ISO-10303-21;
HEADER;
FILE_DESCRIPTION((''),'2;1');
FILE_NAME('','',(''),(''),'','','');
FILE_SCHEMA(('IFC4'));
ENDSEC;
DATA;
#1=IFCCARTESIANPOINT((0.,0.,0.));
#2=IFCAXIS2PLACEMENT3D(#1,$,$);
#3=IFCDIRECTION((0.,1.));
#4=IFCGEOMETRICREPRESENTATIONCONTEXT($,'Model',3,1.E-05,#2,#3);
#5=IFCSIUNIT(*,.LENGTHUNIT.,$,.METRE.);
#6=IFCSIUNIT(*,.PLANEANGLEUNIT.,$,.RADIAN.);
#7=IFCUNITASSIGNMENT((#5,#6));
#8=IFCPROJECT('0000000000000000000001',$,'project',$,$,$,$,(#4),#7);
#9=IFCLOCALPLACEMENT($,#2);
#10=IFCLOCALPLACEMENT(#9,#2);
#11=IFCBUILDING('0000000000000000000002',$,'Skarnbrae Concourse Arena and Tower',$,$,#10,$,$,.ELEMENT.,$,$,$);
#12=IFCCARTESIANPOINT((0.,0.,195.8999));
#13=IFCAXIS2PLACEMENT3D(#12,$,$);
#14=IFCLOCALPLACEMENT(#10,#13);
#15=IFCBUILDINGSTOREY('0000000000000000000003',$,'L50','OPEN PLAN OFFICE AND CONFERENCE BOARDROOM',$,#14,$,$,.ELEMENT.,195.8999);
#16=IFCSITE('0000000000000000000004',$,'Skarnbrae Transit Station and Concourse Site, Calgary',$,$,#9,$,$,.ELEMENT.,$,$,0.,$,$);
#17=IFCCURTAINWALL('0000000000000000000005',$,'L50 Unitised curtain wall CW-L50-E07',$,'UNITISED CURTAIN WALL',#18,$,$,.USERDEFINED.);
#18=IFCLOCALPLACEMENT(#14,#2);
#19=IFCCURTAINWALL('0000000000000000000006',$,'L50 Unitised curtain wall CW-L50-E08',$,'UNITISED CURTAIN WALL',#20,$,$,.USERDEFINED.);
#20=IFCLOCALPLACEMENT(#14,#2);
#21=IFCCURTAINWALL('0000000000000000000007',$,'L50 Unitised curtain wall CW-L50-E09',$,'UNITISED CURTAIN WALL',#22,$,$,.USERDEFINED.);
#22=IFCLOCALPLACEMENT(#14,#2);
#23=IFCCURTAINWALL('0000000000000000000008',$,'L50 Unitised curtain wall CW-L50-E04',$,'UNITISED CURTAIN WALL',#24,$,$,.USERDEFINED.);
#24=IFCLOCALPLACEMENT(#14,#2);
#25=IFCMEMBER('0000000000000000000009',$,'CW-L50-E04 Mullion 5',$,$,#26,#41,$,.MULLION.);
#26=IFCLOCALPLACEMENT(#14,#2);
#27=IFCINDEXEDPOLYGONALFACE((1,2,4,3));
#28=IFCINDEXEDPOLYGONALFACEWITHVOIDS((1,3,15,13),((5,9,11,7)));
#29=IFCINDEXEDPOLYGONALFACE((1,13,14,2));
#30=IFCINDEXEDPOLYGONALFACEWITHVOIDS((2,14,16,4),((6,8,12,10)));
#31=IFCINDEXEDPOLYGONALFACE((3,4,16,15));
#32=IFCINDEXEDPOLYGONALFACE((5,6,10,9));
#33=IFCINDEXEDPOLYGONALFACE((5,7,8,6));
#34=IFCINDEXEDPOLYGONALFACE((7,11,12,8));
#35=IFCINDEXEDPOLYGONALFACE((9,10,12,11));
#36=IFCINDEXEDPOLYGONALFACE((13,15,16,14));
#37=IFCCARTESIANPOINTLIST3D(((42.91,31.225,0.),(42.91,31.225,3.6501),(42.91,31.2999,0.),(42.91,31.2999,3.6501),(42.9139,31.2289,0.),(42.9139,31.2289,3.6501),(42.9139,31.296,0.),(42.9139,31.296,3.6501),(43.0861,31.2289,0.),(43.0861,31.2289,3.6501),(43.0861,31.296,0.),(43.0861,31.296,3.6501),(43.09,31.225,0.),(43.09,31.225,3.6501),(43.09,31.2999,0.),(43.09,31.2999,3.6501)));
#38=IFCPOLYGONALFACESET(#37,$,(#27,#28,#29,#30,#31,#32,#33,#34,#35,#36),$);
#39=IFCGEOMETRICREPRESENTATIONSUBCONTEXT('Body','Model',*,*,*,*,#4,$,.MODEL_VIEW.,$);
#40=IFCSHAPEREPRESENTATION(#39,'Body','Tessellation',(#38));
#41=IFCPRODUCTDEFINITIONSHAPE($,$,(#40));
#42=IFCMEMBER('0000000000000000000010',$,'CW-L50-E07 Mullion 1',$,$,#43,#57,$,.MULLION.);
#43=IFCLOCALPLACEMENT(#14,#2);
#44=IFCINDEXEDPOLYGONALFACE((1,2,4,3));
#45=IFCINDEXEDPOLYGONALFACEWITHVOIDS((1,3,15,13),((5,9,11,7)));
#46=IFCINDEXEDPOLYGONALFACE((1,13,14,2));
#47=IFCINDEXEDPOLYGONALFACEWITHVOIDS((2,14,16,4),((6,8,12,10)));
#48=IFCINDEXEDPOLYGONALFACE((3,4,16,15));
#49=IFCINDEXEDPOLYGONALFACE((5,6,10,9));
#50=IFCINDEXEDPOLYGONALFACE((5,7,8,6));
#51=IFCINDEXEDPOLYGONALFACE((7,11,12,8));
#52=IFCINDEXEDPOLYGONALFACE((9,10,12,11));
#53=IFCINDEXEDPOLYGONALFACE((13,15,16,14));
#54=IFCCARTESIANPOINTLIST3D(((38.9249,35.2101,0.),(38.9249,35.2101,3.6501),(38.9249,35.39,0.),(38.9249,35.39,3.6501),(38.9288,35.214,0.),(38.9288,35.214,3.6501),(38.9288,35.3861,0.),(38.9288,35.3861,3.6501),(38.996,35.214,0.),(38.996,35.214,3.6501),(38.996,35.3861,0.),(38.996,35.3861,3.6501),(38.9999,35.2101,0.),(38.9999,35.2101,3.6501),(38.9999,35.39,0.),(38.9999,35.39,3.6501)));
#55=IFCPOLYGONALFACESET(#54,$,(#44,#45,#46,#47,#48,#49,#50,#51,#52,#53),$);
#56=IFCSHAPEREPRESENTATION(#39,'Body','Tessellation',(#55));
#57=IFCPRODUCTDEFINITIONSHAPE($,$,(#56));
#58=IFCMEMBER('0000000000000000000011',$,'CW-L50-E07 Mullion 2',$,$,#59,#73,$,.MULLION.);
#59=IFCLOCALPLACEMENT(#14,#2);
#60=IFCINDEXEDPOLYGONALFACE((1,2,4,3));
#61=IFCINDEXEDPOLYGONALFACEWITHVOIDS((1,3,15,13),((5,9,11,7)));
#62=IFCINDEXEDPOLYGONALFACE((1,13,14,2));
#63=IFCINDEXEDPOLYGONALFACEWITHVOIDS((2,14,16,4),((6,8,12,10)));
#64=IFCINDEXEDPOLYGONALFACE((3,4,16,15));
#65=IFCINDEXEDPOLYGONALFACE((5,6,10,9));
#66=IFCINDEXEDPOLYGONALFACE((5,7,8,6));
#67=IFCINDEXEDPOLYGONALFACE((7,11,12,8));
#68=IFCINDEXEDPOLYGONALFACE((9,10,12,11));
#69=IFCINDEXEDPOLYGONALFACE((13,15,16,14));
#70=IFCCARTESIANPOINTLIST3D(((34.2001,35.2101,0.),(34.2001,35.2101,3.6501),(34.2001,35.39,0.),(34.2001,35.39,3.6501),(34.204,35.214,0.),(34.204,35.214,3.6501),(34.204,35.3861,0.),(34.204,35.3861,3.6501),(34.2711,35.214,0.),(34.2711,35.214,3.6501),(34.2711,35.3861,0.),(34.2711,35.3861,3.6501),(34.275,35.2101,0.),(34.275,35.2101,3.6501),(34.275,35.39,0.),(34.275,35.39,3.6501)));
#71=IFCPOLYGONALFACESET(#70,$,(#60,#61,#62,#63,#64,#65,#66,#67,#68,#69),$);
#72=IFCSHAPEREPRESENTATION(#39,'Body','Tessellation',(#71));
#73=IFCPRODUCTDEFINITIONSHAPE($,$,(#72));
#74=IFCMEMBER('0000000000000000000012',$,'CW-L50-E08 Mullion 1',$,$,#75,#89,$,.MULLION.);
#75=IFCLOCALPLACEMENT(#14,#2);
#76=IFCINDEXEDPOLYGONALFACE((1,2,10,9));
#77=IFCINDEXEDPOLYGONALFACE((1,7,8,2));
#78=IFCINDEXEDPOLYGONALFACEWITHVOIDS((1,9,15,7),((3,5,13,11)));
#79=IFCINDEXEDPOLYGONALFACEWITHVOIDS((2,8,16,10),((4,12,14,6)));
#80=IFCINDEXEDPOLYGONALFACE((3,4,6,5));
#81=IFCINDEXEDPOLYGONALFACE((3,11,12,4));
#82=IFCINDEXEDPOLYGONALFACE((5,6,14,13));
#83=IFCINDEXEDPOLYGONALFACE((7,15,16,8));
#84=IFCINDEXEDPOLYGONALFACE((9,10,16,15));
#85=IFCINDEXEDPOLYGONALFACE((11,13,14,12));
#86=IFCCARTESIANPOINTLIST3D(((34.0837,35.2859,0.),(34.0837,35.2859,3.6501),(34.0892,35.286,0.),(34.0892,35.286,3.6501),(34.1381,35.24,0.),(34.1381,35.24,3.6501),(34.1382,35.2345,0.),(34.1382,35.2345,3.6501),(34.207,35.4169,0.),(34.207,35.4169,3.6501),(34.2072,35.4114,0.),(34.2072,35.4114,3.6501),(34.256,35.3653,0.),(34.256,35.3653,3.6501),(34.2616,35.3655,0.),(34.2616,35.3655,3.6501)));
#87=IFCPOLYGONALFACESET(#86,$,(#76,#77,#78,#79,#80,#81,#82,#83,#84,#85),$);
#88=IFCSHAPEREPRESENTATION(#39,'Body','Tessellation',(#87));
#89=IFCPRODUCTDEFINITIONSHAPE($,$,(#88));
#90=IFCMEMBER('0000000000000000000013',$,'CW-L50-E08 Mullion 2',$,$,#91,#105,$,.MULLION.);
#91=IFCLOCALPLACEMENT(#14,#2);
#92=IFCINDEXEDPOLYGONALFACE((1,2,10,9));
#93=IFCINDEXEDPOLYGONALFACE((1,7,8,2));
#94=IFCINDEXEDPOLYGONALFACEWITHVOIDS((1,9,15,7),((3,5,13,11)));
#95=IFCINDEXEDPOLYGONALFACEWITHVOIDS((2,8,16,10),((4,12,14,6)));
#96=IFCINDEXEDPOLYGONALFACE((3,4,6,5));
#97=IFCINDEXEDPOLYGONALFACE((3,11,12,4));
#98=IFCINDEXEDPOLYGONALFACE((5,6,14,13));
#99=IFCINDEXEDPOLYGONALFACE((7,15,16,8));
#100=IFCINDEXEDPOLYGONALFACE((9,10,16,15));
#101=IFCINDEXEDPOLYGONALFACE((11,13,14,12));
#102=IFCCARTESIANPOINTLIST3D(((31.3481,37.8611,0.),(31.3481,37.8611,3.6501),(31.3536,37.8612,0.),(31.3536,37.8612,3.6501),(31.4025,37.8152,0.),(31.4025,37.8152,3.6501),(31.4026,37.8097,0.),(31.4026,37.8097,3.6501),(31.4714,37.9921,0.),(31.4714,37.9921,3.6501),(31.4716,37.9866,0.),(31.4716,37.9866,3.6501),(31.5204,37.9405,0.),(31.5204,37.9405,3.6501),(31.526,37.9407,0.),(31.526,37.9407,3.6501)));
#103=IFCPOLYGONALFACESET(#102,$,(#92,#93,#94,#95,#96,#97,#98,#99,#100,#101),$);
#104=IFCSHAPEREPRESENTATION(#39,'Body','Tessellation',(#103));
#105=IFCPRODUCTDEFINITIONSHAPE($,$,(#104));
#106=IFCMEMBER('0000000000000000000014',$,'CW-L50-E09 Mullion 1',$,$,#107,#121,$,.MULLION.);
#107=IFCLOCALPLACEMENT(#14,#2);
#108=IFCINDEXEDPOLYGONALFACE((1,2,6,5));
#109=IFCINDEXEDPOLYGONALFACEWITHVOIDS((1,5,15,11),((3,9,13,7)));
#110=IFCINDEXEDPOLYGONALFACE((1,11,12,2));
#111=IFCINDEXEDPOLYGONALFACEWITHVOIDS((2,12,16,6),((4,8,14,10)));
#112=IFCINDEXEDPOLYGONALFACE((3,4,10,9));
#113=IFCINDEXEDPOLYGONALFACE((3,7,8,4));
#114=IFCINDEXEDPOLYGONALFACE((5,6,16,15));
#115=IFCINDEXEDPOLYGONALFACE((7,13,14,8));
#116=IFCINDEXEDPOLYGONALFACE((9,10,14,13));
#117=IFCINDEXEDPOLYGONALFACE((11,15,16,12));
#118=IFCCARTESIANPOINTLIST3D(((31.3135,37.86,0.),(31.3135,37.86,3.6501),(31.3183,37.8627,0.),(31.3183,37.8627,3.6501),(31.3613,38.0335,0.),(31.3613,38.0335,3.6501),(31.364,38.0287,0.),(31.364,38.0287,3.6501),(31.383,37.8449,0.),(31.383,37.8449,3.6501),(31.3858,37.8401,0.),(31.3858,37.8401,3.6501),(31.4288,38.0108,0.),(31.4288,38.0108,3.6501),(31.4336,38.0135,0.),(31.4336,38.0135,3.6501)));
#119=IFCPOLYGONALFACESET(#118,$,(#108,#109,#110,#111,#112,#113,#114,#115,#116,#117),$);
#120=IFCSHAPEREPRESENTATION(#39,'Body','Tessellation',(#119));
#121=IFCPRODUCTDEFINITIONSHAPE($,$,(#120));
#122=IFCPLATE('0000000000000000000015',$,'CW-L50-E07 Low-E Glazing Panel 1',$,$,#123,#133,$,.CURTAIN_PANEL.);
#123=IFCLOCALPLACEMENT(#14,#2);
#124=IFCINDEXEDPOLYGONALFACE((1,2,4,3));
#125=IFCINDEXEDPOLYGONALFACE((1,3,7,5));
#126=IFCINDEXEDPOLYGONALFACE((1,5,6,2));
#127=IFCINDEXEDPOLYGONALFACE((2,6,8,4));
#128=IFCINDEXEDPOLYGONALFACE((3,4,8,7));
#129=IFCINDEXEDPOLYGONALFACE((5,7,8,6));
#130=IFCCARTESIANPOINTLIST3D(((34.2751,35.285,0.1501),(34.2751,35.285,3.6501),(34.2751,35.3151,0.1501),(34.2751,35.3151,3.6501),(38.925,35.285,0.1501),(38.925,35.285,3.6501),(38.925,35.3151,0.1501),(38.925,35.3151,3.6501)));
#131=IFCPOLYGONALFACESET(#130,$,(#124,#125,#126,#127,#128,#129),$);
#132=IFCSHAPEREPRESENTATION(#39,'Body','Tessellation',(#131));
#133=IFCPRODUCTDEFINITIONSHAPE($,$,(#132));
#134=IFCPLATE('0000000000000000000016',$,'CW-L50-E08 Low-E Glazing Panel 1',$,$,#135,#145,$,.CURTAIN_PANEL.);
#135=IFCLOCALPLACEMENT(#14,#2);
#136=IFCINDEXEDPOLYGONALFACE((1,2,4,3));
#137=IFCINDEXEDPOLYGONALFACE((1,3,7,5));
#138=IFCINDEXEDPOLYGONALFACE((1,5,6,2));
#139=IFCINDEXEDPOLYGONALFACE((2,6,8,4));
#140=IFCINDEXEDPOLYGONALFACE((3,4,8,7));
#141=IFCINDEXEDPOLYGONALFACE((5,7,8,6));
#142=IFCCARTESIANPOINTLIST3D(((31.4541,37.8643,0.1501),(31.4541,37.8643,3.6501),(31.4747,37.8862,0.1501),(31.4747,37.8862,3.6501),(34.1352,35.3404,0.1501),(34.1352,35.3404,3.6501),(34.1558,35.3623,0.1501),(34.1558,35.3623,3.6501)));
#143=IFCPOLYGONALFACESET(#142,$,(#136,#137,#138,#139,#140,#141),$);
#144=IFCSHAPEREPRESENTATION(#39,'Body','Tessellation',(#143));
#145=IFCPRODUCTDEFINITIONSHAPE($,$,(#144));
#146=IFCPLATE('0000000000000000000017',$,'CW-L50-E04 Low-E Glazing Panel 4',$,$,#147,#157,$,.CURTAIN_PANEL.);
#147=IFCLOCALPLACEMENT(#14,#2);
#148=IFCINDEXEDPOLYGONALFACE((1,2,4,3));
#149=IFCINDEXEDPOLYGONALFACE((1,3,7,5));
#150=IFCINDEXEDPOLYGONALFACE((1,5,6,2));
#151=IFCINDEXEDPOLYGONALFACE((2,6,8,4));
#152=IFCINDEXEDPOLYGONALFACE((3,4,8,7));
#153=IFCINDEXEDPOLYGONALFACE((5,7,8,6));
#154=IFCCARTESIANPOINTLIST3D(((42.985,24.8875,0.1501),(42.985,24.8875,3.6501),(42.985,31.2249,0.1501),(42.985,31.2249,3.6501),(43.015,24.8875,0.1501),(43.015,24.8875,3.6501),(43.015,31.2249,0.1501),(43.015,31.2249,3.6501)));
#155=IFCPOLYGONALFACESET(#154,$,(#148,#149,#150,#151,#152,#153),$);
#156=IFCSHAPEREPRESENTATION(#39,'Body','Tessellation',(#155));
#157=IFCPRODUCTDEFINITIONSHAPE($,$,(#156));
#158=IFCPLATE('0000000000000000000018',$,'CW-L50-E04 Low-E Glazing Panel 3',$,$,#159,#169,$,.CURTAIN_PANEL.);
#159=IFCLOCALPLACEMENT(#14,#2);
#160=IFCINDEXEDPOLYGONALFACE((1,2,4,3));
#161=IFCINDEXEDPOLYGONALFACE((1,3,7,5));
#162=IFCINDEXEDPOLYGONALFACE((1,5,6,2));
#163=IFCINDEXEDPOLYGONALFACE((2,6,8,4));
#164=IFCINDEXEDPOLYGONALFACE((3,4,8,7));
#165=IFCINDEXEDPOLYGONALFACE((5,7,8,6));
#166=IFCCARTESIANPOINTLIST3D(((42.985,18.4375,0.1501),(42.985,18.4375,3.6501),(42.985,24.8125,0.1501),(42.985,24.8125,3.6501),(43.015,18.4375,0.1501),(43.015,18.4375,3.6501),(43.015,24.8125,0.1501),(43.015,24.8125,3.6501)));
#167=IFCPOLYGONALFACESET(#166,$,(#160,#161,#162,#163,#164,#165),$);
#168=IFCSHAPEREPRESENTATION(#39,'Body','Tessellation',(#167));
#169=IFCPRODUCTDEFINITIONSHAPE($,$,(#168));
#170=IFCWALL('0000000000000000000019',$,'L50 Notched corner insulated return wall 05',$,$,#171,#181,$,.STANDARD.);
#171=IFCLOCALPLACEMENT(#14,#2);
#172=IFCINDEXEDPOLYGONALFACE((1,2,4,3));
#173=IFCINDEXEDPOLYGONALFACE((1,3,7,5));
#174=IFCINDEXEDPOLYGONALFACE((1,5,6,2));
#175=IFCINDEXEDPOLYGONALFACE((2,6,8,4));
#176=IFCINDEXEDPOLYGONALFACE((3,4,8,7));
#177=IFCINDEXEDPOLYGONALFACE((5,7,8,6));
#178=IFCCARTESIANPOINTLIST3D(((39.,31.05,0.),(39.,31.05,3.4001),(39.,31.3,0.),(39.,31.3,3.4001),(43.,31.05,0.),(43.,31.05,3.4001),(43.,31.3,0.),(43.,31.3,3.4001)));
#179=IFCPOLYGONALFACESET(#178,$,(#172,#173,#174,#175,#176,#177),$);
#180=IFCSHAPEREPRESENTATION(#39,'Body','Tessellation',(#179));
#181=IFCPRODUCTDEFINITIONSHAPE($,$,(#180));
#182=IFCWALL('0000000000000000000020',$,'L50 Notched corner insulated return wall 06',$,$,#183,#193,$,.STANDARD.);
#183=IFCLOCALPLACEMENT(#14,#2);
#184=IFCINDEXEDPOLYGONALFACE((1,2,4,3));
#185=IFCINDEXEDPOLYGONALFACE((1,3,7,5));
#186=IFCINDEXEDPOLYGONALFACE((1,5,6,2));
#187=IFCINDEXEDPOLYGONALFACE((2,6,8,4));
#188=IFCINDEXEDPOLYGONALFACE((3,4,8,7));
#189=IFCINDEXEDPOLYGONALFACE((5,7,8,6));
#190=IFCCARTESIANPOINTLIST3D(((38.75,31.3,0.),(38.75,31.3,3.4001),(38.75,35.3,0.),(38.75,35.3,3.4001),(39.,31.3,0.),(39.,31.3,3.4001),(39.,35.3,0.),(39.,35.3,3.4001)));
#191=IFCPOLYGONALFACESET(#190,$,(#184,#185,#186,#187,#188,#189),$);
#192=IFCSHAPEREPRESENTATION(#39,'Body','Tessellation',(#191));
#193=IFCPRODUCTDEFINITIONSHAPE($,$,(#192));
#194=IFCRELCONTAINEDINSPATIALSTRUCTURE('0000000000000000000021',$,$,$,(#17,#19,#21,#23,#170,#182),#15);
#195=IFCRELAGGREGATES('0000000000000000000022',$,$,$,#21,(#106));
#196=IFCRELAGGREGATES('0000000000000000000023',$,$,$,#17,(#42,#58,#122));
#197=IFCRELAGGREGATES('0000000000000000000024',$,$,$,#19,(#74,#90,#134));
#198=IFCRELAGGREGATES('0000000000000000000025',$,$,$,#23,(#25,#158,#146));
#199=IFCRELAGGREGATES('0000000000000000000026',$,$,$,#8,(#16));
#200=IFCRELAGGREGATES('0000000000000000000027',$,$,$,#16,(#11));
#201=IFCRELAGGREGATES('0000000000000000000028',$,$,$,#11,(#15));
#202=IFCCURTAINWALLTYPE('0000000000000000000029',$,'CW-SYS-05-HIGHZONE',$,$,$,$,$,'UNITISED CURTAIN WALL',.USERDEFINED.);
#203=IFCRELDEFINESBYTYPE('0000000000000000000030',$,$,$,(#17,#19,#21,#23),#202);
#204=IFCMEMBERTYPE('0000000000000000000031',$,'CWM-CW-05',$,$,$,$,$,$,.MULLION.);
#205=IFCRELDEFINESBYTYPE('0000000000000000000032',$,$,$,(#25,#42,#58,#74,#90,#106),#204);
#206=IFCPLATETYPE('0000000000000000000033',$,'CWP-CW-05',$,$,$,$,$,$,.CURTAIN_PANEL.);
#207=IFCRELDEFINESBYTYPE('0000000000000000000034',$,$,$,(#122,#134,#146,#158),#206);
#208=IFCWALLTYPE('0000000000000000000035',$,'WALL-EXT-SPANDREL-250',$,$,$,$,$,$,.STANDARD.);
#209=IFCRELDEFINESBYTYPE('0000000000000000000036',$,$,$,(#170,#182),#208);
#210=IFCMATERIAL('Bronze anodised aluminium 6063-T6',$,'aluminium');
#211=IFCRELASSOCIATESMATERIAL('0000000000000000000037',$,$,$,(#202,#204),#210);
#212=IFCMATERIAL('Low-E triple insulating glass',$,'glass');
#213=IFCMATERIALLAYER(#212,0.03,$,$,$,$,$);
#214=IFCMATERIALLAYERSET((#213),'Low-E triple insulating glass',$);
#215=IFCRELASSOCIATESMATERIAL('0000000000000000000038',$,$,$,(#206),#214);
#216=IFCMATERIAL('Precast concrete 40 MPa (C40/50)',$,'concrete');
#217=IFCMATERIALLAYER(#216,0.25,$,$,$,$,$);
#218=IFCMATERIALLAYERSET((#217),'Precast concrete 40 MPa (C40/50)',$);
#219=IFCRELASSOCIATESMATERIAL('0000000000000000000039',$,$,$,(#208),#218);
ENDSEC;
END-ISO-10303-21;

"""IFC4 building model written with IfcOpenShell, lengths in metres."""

from ifc_helpers import new_model, si_unit, direction, frame, frame_2d, origin, origin_2d, place, context, subcontext, project, spatial, rectangle, hollow_rectangle, extrude, source, transform, mapped, material, layer, layer_set, material_profile, profile_set, type_object, element, aggregate, save


model = new_model("IFC4")

# Units and contexts
model_context = context("Model", 3, precision=1e-05, world=origin(), true_north=direction((0.0, 1.0)))
body_context = subcontext(model_context, "Body", "Model", "MODEL_VIEW")
ifc_project = project(units=[si_unit("LENGTHUNIT", "METRE"), si_unit("PLANEANGLEUNIT", "RADIAN")], contexts=[model_context])

# Site, building, storey
site_placement = place(None, origin())
site = spatial("IfcSite", under=ifc_project, at=site_placement, Name="Skarnbrae Transit Station and Concourse Site, Calgary", CompositionType="ELEMENT", RefElevation=0.0)
building_placement = place(site_placement, origin())
building = spatial("IfcBuilding", under=site, at=building_placement, Name="Skarnbrae Concourse Arena and Tower", CompositionType="ELEMENT")
storey_placement = place(building_placement, frame((0.0, 0.0, 195.8999)))
storey = spatial("IfcBuildingStorey", under=building, at=storey_placement, Name="L50", Description="OPEN PLAN OFFICE AND CONFERENCE BOARDROOM", CompositionType="ELEMENT", Elevation=195.8999)

# Curtain walls
ifc_material_1 = material(Name="Bronze anodised aluminium 6063-T6", Category="aluminium")
curtain_wall_type = type_object("IfcCurtainWallType", Name="CW-SYS-05-HIGHZONE", ElementType="UNITISED CURTAIN WALL", PredefinedType="USERDEFINED", material=ifc_material_1)
curtain_wall_1_placement = place(storey_placement, origin())
curtain_wall_1 = element("IfcCurtainWall", 1, at=curtain_wall_1_placement, inside=storey, type_object=curtain_wall_type, Name="L50 Unitised curtain wall CW-L50-E07", ObjectType="UNITISED CURTAIN WALL", PredefinedType="USERDEFINED")
curtain_wall_2_placement = place(storey_placement, origin())
curtain_wall_2 = element("IfcCurtainWall", 2, at=curtain_wall_2_placement, inside=storey, type_object=curtain_wall_type, Name="L50 Unitised curtain wall CW-L50-E08", ObjectType="UNITISED CURTAIN WALL", PredefinedType="USERDEFINED")
curtain_wall_3_placement = place(storey_placement, origin())
curtain_wall_3 = element("IfcCurtainWall", 3, at=curtain_wall_3_placement, inside=storey, type_object=curtain_wall_type, Name="L50 Unitised curtain wall CW-L50-E09", ObjectType="UNITISED CURTAIN WALL", PredefinedType="USERDEFINED")

# Curtain wall, member
curtain_wall_4_placement = place(storey_placement, origin())
curtain_wall_4 = element("IfcCurtainWall", 4, at=curtain_wall_4_placement, inside=storey, type_object=curtain_wall_type, Name="L50 Unitised curtain wall CW-L50-E04", ObjectType="UNITISED CURTAIN WALL", PredefinedType="USERDEFINED")
ifc_material_profile_1 = material_profile(ifc_material_1, hollow_rectangle(XDim=0.075, YDim=0.1799, WallThickness=0.0039, at=origin_2d()), Name="ALU-MULL-75X180")
ifc_profile_set_1 = profile_set([ifc_material_profile_1], Name="Bronze anodised aluminium 6063-T6")
member_type_1 = type_object("IfcMemberType", Name="CWM-CW-05", PredefinedType="MULLION", material=ifc_profile_set_1)
shared_shape_1 = source(origin(), body_context, "Body", "SweptSolid", [
    extrude(hollow_rectangle(XDim=0.075, YDim=0.1799, WallThickness=0.0039, at=origin_2d()), origin(), (0.0, 0.0, 1.0), 3.6501),
])
member_1_placement = place(storey_placement, frame((43.0, 31.2625, 0.0), z_axis=(0.0, 0.0, 1.0), x_axis=(0.0, 1.0, 0.0)))
member_1 = element("IfcMember", 5, at=member_1_placement, type_object=member_type_1, Name="CW-L50-E04 Mullion 5", PredefinedType="MULLION", context=body_context, shape_type="MappedRepresentation", body=[
    mapped(shared_shape_1, transform((0.0, 0.0, 0.0))),
])

# Members
member_2_placement = place(storey_placement, frame((38.9624, 35.3, 0.0), z_axis=(0.0, 0.0, 1.0), x_axis=(-1.0, 0.0, 0.0)))
member_2 = element("IfcMember", 6, at=member_2_placement, type_object=member_type_1, Name="CW-L50-E07 Mullion 1", PredefinedType="MULLION", context=body_context, shape_type="MappedRepresentation", body=[
    mapped(shared_shape_1, transform((0.0, 0.0, 0.0))),
])
member_3_placement = place(storey_placement, frame((34.2375, 35.3, 0.0), z_axis=(0.0, 0.0, 1.0), x_axis=(-1.0, 0.0, 0.0)))
member_3 = element("IfcMember", 7, at=member_3_placement, type_object=member_type_1, Name="CW-L50-E07 Mullion 2", PredefinedType="MULLION", context=body_context, shape_type="MappedRepresentation", body=[
    mapped(shared_shape_1, transform((0.0, 0.0, 0.0))),
])
member_4_placement = place(storey_placement, frame((34.1726, 35.3257, 0.0), z_axis=(0.0, 0.0, 1.0), x_axis=(-0.728131, 0.685438, 0.0)))
member_4 = element("IfcMember", 8, at=member_4_placement, type_object=member_type_1, Name="CW-L50-E08 Mullion 1", PredefinedType="MULLION", context=body_context, shape_type="MappedRepresentation", body=[
    mapped(shared_shape_1, transform((0.0, 0.0, 0.0))),
])
member_5_placement = place(storey_placement, frame((31.437, 37.9009, 0.0), z_axis=(0.0, 0.0, 1.0), x_axis=(-0.728131, 0.685438, 0.0)))
member_5 = element("IfcMember", 9, at=member_5_placement, type_object=member_type_1, Name="CW-L50-E08 Mullion 2", PredefinedType="MULLION", context=body_context, shape_type="MappedRepresentation", body=[
    mapped(shared_shape_1, transform((0.0, 0.0, 0.0))),
])
member_6_placement = place(storey_placement, frame((31.3735, 37.9368, 0.0), z_axis=(0.0, 0.0, 1.0), x_axis=(-0.964057, 0.265694, 0.0)))
member_6 = element("IfcMember", 10, at=member_6_placement, type_object=member_type_1, Name="CW-L50-E09 Mullion 1", PredefinedType="MULLION", context=body_context, shape_type="MappedRepresentation", body=[
    mapped(shared_shape_1, transform((0.0, 0.0, 0.0))),
])
aggregate(curtain_wall_3, [member_6])

# Plates
ifc_material_2 = material(Name="Low-E triple insulating glass", Category="glass")
ifc_layer_1 = layer(ifc_material_2, 0.03)
ifc_layer_set_1 = layer_set([ifc_layer_1], Name="Low-E triple insulating glass")
plate_type = type_object("IfcPlateType", Name="CWP-CW-05", PredefinedType="CURTAIN_PANEL", material=ifc_layer_set_1)
shared_shape_2 = source(origin(), body_context, "Body", "SweptSolid", [
    extrude(rectangle(XDim=4.6499, YDim=0.03, at=origin_2d()), origin(), (0.0, 0.0, 1.0), 3.5),
])
plate_1_placement = place(storey_placement, frame((36.6001, 35.3, 0.1501), z_axis=(0.0, 0.0, 1.0), x_axis=(-1.0, 0.0, 0.0)))
plate_1 = element("IfcPlate", 11, at=plate_1_placement, type_object=plate_type, Name="CW-L50-E07 Low-E Glazing Panel 1", PredefinedType="CURTAIN_PANEL", context=body_context, shape_type="MappedRepresentation", body=[
    mapped(shared_shape_2, transform((0.0, 0.0, 0.0))),
])
aggregate(curtain_wall_1, [member_2, member_3, plate_1])
shared_shape_3 = source(origin(), body_context, "Body", "SweptSolid", [
    extrude(rectangle(XDim=3.6821, YDim=0.03, at=origin_2d()), origin(), (0.0, 0.0, 1.0), 3.5),
])
plate_2_placement = place(storey_placement, frame((32.8049, 36.6133, 0.1501), z_axis=(0.0, 0.0, 1.0), x_axis=(-0.728131, 0.685438, 0.0)))
plate_2 = element("IfcPlate", 12, at=plate_2_placement, type_object=plate_type, Name="CW-L50-E08 Low-E Glazing Panel 1", PredefinedType="CURTAIN_PANEL", context=body_context, shape_type="MappedRepresentation", body=[
    mapped(shared_shape_3, transform((0.0, 0.0, 0.0))),
])
aggregate(curtain_wall_2, [member_4, member_5, plate_2])
shared_shape_4 = source(origin(), body_context, "Body", "SweptSolid", [
    extrude(rectangle(XDim=6.3374, YDim=0.03, at=origin_2d()), origin(), (0.0, 0.0, 1.0), 3.5),
])
plate_3_placement = place(storey_placement, frame((43.0, 28.0562, 0.1501), z_axis=(0.0, 0.0, 1.0), x_axis=(0.0, 1.0, 0.0)))
plate_3 = element("IfcPlate", 13, at=plate_3_placement, type_object=plate_type, Name="CW-L50-E04 Low-E Glazing Panel 4", PredefinedType="CURTAIN_PANEL", context=body_context, shape_type="MappedRepresentation", body=[
    mapped(shared_shape_4, transform((0.0, 0.0, 0.0))),
])
shared_shape_5 = source(origin(), body_context, "Body", "SweptSolid", [
    extrude(rectangle(XDim=6.375, YDim=0.03, at=origin_2d()), origin(), (0.0, 0.0, 1.0), 3.5),
])
plate_4_placement = place(storey_placement, frame((43.0, 21.625, 0.1501), z_axis=(0.0, 0.0, 1.0), x_axis=(0.0, 1.0, 0.0)))
plate_4 = element("IfcPlate", 14, at=plate_4_placement, type_object=plate_type, Name="CW-L50-E04 Low-E Glazing Panel 3", PredefinedType="CURTAIN_PANEL", context=body_context, shape_type="MappedRepresentation", body=[
    mapped(shared_shape_5, transform((0.0, 0.0, 0.0))),
])
aggregate(curtain_wall_4, [member_1, plate_4, plate_3])

# Walls
ifc_material_3 = material(Name="Precast concrete 40 MPa (C40/50)", Category="concrete")
ifc_layer_2 = layer(ifc_material_3, 0.25)
ifc_layer_set_2 = layer_set([ifc_layer_2], Name="Precast concrete 40 MPa (C40/50)")
wall_type_1 = type_object("IfcWallType", Name="WALL-EXT-SPANDREL-250", PredefinedType="STANDARD", material=ifc_layer_set_2)
shared_shape_6 = source(origin(), body_context, "Body", "SweptSolid", [
    extrude(rectangle(XDim=4.0, YDim=0.25, at=frame_2d((2.0, 0.0))), origin(), (0.0, 0.0, 1.0), 3.4001),
])
for number, where, z_axis, x_axis, name in (
    (15, (43.0, 31.175, 0.0), (0.0, 0.0, 1.0), (-1.0, 0.0, 0.0), "L50 Notched corner insulated return wall 05"),
    (16, (38.875, 31.3, 0.0), (0.0, 0.0, 1.0), (0.0, 1.0, 0.0), "L50 Notched corner insulated return wall 06"),
):
    element("IfcWall", number, at=place(storey_placement, frame(where, z_axis=z_axis, x_axis=x_axis)), inside=storey, type_object=wall_type_1, Name=name, PredefinedType="STANDARD", context=body_context, shape_type="MappedRepresentation", body=[
        mapped(shared_shape_6, transform((0.0, 0.0, 0.0))),
    ])

save(model, "model.ifc")
